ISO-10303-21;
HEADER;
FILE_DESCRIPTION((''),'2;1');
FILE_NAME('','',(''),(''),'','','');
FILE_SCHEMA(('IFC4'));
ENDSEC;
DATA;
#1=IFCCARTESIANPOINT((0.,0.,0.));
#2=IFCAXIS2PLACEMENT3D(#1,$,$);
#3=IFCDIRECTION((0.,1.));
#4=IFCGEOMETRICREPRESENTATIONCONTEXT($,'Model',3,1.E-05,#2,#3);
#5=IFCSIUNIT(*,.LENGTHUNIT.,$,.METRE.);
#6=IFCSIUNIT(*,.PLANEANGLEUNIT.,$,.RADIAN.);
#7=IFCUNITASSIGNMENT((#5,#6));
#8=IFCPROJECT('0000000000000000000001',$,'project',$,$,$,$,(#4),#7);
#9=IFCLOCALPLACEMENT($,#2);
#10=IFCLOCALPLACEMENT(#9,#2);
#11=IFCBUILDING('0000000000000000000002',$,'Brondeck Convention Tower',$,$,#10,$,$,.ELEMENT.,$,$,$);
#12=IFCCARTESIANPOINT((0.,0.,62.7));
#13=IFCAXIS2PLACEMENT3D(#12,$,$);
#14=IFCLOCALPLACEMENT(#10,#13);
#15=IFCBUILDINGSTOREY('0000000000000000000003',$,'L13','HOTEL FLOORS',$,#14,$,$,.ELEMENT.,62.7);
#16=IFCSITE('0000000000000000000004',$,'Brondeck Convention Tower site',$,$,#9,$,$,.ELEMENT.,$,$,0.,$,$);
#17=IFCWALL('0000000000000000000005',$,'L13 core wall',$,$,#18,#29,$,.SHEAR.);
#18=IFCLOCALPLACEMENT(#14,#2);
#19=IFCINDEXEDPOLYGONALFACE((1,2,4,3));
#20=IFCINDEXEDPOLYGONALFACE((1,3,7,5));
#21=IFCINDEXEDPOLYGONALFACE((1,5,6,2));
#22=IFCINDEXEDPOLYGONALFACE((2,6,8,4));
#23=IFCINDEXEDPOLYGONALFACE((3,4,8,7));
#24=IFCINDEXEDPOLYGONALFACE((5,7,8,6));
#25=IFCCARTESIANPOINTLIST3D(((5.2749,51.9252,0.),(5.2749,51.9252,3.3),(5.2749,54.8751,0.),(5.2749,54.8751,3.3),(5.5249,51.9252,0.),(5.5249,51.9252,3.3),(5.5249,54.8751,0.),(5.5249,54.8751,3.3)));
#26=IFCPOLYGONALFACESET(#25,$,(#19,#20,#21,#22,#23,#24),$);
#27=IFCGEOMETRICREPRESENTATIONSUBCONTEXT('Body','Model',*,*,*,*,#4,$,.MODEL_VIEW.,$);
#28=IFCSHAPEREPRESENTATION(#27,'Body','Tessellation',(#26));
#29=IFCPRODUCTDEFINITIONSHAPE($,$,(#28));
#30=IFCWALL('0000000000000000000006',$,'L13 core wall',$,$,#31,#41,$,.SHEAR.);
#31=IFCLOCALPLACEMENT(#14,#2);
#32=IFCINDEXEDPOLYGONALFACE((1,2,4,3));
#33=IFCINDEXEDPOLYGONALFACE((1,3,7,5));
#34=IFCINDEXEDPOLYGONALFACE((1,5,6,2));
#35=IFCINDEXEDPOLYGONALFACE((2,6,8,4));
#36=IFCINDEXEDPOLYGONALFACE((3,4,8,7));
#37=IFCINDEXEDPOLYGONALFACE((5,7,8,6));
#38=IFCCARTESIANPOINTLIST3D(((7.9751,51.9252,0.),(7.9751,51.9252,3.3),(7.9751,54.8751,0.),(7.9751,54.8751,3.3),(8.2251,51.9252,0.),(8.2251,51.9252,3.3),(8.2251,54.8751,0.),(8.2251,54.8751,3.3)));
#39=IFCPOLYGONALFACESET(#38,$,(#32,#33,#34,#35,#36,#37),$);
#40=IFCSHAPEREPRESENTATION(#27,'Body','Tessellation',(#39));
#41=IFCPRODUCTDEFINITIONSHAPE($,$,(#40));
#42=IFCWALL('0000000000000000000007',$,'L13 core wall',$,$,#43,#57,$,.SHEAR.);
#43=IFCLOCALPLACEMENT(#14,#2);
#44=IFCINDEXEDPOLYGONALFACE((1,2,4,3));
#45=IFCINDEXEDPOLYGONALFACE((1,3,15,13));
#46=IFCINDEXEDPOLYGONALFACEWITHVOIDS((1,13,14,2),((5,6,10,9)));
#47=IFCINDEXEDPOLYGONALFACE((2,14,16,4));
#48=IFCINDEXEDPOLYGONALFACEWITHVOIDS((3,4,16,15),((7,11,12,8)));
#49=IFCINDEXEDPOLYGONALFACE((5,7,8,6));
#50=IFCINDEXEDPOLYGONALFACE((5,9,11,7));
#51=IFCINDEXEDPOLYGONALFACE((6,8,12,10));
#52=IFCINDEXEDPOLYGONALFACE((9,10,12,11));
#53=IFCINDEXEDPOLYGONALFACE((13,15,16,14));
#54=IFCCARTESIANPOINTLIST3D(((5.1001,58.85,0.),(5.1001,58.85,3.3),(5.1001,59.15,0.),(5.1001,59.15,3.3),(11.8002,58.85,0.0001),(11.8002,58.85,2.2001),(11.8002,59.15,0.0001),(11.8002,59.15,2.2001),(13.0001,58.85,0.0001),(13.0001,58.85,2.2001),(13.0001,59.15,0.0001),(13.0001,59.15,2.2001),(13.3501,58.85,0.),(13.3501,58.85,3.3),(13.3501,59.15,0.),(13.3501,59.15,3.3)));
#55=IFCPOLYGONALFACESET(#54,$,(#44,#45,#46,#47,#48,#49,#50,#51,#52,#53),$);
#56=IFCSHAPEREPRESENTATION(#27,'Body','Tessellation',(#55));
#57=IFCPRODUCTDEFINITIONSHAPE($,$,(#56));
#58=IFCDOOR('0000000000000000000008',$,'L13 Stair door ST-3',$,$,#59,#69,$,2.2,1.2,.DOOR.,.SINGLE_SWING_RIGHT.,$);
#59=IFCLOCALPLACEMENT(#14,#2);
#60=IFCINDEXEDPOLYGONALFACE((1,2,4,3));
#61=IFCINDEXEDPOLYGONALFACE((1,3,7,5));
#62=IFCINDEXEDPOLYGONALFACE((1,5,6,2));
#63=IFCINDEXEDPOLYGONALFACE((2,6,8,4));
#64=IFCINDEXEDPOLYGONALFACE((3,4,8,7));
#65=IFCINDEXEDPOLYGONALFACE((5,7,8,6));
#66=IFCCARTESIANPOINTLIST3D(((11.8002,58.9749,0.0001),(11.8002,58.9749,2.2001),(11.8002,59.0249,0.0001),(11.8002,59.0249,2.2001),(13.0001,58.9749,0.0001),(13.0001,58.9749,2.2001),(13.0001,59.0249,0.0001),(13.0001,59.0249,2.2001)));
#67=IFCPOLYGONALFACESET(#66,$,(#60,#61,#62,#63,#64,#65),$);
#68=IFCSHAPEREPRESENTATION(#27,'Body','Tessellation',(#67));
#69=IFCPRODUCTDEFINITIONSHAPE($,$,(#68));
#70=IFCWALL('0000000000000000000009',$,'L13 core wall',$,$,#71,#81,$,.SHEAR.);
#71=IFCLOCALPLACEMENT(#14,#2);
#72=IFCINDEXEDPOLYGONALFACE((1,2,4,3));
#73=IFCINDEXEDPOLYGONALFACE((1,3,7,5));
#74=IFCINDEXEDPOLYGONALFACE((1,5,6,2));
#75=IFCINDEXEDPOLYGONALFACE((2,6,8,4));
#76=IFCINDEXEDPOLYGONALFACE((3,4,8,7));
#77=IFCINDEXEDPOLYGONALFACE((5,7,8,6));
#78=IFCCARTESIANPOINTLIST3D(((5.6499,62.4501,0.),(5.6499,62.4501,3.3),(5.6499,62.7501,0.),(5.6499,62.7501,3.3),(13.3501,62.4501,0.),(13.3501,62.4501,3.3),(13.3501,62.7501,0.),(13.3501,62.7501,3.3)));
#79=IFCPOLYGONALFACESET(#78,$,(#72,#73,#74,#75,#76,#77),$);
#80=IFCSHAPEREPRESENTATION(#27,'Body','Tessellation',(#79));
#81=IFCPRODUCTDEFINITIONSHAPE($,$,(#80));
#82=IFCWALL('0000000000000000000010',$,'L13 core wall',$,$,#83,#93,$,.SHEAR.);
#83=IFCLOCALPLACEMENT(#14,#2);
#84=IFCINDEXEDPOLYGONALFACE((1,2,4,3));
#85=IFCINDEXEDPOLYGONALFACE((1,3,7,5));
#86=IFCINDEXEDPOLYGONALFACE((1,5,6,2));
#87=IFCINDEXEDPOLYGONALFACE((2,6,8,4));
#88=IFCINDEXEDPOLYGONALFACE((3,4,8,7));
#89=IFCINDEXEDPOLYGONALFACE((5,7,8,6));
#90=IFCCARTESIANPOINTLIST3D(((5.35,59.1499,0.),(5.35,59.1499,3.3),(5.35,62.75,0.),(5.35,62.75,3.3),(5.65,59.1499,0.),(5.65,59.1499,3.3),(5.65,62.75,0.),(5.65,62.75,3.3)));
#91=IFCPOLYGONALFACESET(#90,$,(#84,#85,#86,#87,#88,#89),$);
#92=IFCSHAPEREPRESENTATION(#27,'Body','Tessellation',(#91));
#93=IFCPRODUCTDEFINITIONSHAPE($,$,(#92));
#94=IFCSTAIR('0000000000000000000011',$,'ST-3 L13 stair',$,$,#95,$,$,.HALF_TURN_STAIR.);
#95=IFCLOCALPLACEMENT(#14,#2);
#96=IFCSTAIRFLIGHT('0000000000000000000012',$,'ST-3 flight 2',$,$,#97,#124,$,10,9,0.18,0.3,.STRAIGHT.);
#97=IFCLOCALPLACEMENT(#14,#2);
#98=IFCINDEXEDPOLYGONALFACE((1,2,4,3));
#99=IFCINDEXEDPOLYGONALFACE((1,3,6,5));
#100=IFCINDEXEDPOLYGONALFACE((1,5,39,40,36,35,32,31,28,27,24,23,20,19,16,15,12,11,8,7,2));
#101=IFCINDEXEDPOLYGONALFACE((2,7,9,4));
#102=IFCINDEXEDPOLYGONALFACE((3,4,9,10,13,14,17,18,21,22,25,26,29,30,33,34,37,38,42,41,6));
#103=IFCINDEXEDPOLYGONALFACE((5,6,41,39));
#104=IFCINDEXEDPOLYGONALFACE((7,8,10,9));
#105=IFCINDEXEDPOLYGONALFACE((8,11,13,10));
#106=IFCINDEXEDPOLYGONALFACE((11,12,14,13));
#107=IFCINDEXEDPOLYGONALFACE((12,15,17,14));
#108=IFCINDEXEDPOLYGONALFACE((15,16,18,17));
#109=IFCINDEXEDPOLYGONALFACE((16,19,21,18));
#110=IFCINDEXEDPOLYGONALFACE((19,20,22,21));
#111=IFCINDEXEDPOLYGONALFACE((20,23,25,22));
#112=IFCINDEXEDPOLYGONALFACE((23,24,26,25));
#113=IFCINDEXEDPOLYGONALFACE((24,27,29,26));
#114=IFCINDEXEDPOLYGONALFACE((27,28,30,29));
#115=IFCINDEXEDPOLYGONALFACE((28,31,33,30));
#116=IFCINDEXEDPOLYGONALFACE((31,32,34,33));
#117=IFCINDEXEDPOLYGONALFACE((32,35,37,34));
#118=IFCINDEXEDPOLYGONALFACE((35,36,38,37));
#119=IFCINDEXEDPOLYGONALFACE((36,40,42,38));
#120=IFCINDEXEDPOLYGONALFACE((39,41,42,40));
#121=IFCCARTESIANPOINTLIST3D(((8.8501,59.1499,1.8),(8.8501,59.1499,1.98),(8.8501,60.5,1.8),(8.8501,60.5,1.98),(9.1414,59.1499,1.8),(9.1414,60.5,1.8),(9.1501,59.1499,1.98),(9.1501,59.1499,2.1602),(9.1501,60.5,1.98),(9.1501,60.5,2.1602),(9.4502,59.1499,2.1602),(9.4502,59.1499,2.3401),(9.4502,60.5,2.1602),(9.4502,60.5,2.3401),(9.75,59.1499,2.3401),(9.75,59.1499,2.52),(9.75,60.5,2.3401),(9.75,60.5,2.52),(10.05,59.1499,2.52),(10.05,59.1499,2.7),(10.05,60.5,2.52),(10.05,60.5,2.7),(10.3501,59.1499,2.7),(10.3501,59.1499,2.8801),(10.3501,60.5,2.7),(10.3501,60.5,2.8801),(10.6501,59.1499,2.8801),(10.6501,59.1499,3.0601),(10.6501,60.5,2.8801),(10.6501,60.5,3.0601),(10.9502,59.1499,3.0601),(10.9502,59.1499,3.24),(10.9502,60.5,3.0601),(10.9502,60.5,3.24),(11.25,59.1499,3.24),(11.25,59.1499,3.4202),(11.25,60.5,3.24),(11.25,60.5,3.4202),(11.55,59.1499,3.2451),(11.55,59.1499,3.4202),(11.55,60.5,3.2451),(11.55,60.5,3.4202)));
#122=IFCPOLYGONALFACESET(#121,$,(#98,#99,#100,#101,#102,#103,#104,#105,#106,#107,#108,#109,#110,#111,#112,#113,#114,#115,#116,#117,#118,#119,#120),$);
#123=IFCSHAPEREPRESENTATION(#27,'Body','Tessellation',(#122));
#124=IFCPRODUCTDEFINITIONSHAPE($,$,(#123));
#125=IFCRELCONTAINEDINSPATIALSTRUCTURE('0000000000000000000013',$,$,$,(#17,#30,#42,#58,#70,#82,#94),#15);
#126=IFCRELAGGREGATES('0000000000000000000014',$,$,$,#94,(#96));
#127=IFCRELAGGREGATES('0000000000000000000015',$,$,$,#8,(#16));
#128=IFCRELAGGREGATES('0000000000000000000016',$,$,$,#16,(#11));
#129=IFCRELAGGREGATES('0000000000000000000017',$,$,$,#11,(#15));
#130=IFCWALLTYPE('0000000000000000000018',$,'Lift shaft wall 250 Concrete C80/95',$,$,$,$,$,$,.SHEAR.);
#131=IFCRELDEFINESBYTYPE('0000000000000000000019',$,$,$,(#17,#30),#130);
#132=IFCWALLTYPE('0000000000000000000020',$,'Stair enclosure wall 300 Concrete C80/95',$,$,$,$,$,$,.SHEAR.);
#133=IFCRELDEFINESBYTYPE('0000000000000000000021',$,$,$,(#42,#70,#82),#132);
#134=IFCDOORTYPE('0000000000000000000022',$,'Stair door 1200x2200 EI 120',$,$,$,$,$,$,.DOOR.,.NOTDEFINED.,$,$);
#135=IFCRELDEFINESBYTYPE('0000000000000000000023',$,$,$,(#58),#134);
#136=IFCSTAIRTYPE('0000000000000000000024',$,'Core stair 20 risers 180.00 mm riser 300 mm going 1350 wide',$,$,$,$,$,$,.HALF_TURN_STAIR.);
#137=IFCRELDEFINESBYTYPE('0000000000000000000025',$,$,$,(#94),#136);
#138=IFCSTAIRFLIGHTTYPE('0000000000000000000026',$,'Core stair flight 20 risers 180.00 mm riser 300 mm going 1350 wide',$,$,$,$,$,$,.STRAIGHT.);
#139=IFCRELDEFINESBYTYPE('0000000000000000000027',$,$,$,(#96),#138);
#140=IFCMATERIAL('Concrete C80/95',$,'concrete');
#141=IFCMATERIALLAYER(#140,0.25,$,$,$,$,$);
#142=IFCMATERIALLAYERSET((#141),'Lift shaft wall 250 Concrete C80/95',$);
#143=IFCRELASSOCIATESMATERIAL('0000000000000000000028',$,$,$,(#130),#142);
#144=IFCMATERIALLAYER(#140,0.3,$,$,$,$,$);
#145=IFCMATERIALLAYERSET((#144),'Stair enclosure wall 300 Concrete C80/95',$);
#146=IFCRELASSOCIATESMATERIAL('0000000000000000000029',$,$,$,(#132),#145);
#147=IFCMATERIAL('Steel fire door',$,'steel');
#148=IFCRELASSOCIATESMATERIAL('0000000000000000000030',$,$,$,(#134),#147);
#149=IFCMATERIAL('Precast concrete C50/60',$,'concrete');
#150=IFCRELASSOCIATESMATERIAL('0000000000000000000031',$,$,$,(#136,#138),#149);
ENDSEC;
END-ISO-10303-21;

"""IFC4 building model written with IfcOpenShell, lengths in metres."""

from ifc_helpers import new_model, si_unit, direction, frame, frame_2d, origin, place, context, subcontext, project, spatial, polyline, rectangle, outline, extrude, material, layer, layer_set, type_object, element, fill, aggregate, save


model = new_model("IFC4")

# Units and contexts
model_context = context("Model", 3, precision=1e-05, world=origin(), true_north=direction((0.0, 1.0)))
body_context = subcontext(model_context, "Body", "Model", "MODEL_VIEW")
ifc_project = project(units=[si_unit("LENGTHUNIT", "METRE"), si_unit("PLANEANGLEUNIT", "RADIAN")], contexts=[model_context])

# Site, building, storey
site_placement = place(None, origin())
site = spatial("IfcSite", under=ifc_project, at=site_placement, Name="Brondeck Convention Tower site", CompositionType="ELEMENT", RefElevation=0.0)
building_placement = place(site_placement, origin())
building = spatial("IfcBuilding", under=site, at=building_placement, Name="Brondeck Convention Tower", CompositionType="ELEMENT")
storey_placement = place(building_placement, frame((0.0, 0.0, 62.7)))
storey = spatial("IfcBuildingStorey", under=building, at=storey_placement, Name="L13", Description="HOTEL FLOORS", CompositionType="ELEMENT", Elevation=62.7)

# Shared definitions
ifc_material_1 = material(Name="Concrete C80/95", Category="concrete")

# Shared definitions
ifc_material_2 = material(Name="Steel fire door", Category="steel")

# Shared definitions
ifc_layer_1 = layer(ifc_material_1, 0.25)
ifc_layer_set_1 = layer_set([ifc_layer_1], Name="Lift shaft wall 250 Concrete C80/95")
wall_type_1 = type_object("IfcWallType", Name="Lift shaft wall 250 Concrete C80/95", PredefinedType="SHEAR", material=ifc_layer_set_1)

# Walls
for number, where, z_axis, x_axis, name in (
    (1, (5.3999, 51.925, 0.0), (0.0, 0.0, 1.0), (0.0, 1.0, 0.0), "L13 core wall"),
    (2, (8.1001, 51.925, 0.0), (0.0, 0.0, 1.0), (0.0, 1.0, 0.0), "L13 core wall"),
):
    element("IfcWall", number, at=place(storey_placement, frame(where, z_axis=z_axis, x_axis=x_axis)), inside=storey, type_object=wall_type_1, Name=name, PredefinedType="SHEAR", context=body_context, shape_type="SweptSolid", body=[
        extrude(rectangle(XDim=2.95, YDim=0.25, at=frame_2d((1.4751, 0.0))), origin(), (0.0, 0.0, 1.0), 3.3),
    ])

# Wall, opening, door
ifc_layer_2 = layer(ifc_material_1, 0.3)
ifc_layer_set_2 = layer_set([ifc_layer_2], Name="Stair enclosure wall 300 Concrete C80/95")
wall_type_2 = type_object("IfcWallType", Name="Stair enclosure wall 300 Concrete C80/95", PredefinedType="SHEAR", material=ifc_layer_set_2)
wall_1_placement = place(storey_placement, frame((5.1001, 59.0, 0.0), z_axis=(0.0, 0.0, 1.0), x_axis=(1.0, 0.0, 0.0)))
wall_1 = element("IfcWall", 3, at=wall_1_placement, inside=storey, type_object=wall_type_2, Name="L13 core wall", PredefinedType="SHEAR", context=body_context, shape_type="SweptSolid", body=[
    extrude(rectangle(XDim=8.25, YDim=0.3, at=frame_2d((4.125, 0.0))), origin(), (0.0, 0.0, 1.0), 3.3),
])
opening_1_placement = place(wall_1_placement, frame((6.7, 0.0, 0.0)))
opening_1 = element("IfcOpeningElement", 4, at=opening_1_placement, cuts=wall_1, PredefinedType="OPENING", context=body_context, shape_type="SweptSolid", body=[
    extrude(rectangle(XDim=1.2, YDim=2.2, at=frame_2d((0.6001, 1.1001))), frame((0.0, 0.1599, 0.0), z_axis=(0.0, -1.0, 0.0), x_axis=(1.0, 0.0, 0.0)), (0.0, 0.0, 1.0), 0.3201),
])
door_type_1 = type_object("IfcDoorType", Name="Stair door 1200x2200 EI 120", OperationType="NOTDEFINED", PredefinedType="DOOR", material=ifc_material_2)
door_1_placement = place(opening_1_placement, origin())
door_1 = element("IfcDoor", 5, at=door_1_placement, inside=storey, type_object=door_type_1, Name="L13 Stair door ST-3", OperationType="SINGLE_SWING_RIGHT", OverallHeight=2.2, OverallWidth=1.2, PredefinedType="DOOR", context=body_context, shape_type="SweptSolid", body=[
    extrude(rectangle(XDim=1.2, YDim=2.2, at=frame_2d((0.6001, 1.1001))), frame((0.0, 0.0249, 0.0), z_axis=(0.0, -1.0, 0.0), x_axis=(1.0, 0.0, 0.0)), (0.0, 0.0, 1.0), 0.05),
])
fill(opening_1, door_1)

# Walls
wall_2_placement = place(storey_placement, frame((5.6499, 62.6001, 0.0), z_axis=(0.0, 0.0, 1.0), x_axis=(1.0, 0.0, 0.0)))
element("IfcWall", 6, at=wall_2_placement, inside=storey, type_object=wall_type_2, Name="L13 core wall", PredefinedType="SHEAR", context=body_context, shape_type="SweptSolid", body=[
    extrude(rectangle(XDim=7.7002, YDim=0.3, at=frame_2d((3.8501, 0.0))), origin(), (0.0, 0.0, 1.0), 3.3),
])
wall_3_placement = place(storey_placement, frame((5.5, 59.1499, 0.0), z_axis=(0.0, 0.0, 1.0), x_axis=(0.0, 1.0, 0.0)))
element("IfcWall", 7, at=wall_3_placement, inside=storey, type_object=wall_type_2, Name="L13 core wall", PredefinedType="SHEAR", context=body_context, shape_type="SweptSolid", body=[
    extrude(rectangle(XDim=3.6001, YDim=0.3, at=frame_2d((1.8, 0.0))), origin(), (0.0, 0.0, 1.0), 3.3),
])

# Stair, stair flight
ifc_material_3 = material(Name="Precast concrete C50/60", Category="concrete")
stair_type = type_object("IfcStairType", Name="Core stair 20 risers 180.00 mm riser 300 mm going 1350 wide", PredefinedType="HALF_TURN_STAIR", material=ifc_material_3)
stair_placement = place(storey_placement, origin())
stair = element("IfcStair", 8, at=stair_placement, inside=storey, type_object=stair_type, Name="ST-3 L13 stair", PredefinedType="HALF_TURN_STAIR")
stair_flight_type = type_object("IfcStairFlightType", Name="Core stair flight 20 risers 180.00 mm riser 300 mm going 1350 wide", PredefinedType="STRAIGHT", material=ifc_material_3)
stair_flight_placement = place(storey_placement, frame((8.8501, 59.825, 1.8), z_axis=(0.0, 0.0, 1.0), x_axis=(1.0, 0.0, 0.0)))
stair_flight = element("IfcStairFlight", 9, at=stair_flight_placement, type_object=stair_flight_type, Name="ST-3 flight 2", NumberOfRisers=10, NumberOfTreads=9, PredefinedType="STRAIGHT", RiserHeight=0.18, TreadLength=0.3, context=body_context, shape_type="SweptSolid", body=[
    extrude(outline(polyline([(0.0, 0.0), (0.0, 0.1799), (0.3, 0.1799), (0.3, 0.3601), (0.6001, 0.3601), (0.6001, 0.54), (0.8999, 0.54), (0.8999, 0.72), (1.2, 0.72), (1.2, 0.8999), (1.5, 0.8999), (1.5, 1.0801), (1.8, 1.0801), (1.8, 1.26), (2.1001, 1.26), (2.1001, 1.4399), (2.3999, 1.4399), (2.3999, 1.6201), (2.7, 1.6201), (2.7, 1.8), (2.7, 1.4451), (0.2913, 0.0), (0.0, 0.0)])), frame((0.0, 0.675, 0.0), z_axis=(0.0, -1.0, 0.0), x_axis=(1.0, 0.0, 0.0)), (0.0, 0.0, 1.0), 1.3501),
])
aggregate(stair, [stair_flight])

save(model, "model.ifc")
